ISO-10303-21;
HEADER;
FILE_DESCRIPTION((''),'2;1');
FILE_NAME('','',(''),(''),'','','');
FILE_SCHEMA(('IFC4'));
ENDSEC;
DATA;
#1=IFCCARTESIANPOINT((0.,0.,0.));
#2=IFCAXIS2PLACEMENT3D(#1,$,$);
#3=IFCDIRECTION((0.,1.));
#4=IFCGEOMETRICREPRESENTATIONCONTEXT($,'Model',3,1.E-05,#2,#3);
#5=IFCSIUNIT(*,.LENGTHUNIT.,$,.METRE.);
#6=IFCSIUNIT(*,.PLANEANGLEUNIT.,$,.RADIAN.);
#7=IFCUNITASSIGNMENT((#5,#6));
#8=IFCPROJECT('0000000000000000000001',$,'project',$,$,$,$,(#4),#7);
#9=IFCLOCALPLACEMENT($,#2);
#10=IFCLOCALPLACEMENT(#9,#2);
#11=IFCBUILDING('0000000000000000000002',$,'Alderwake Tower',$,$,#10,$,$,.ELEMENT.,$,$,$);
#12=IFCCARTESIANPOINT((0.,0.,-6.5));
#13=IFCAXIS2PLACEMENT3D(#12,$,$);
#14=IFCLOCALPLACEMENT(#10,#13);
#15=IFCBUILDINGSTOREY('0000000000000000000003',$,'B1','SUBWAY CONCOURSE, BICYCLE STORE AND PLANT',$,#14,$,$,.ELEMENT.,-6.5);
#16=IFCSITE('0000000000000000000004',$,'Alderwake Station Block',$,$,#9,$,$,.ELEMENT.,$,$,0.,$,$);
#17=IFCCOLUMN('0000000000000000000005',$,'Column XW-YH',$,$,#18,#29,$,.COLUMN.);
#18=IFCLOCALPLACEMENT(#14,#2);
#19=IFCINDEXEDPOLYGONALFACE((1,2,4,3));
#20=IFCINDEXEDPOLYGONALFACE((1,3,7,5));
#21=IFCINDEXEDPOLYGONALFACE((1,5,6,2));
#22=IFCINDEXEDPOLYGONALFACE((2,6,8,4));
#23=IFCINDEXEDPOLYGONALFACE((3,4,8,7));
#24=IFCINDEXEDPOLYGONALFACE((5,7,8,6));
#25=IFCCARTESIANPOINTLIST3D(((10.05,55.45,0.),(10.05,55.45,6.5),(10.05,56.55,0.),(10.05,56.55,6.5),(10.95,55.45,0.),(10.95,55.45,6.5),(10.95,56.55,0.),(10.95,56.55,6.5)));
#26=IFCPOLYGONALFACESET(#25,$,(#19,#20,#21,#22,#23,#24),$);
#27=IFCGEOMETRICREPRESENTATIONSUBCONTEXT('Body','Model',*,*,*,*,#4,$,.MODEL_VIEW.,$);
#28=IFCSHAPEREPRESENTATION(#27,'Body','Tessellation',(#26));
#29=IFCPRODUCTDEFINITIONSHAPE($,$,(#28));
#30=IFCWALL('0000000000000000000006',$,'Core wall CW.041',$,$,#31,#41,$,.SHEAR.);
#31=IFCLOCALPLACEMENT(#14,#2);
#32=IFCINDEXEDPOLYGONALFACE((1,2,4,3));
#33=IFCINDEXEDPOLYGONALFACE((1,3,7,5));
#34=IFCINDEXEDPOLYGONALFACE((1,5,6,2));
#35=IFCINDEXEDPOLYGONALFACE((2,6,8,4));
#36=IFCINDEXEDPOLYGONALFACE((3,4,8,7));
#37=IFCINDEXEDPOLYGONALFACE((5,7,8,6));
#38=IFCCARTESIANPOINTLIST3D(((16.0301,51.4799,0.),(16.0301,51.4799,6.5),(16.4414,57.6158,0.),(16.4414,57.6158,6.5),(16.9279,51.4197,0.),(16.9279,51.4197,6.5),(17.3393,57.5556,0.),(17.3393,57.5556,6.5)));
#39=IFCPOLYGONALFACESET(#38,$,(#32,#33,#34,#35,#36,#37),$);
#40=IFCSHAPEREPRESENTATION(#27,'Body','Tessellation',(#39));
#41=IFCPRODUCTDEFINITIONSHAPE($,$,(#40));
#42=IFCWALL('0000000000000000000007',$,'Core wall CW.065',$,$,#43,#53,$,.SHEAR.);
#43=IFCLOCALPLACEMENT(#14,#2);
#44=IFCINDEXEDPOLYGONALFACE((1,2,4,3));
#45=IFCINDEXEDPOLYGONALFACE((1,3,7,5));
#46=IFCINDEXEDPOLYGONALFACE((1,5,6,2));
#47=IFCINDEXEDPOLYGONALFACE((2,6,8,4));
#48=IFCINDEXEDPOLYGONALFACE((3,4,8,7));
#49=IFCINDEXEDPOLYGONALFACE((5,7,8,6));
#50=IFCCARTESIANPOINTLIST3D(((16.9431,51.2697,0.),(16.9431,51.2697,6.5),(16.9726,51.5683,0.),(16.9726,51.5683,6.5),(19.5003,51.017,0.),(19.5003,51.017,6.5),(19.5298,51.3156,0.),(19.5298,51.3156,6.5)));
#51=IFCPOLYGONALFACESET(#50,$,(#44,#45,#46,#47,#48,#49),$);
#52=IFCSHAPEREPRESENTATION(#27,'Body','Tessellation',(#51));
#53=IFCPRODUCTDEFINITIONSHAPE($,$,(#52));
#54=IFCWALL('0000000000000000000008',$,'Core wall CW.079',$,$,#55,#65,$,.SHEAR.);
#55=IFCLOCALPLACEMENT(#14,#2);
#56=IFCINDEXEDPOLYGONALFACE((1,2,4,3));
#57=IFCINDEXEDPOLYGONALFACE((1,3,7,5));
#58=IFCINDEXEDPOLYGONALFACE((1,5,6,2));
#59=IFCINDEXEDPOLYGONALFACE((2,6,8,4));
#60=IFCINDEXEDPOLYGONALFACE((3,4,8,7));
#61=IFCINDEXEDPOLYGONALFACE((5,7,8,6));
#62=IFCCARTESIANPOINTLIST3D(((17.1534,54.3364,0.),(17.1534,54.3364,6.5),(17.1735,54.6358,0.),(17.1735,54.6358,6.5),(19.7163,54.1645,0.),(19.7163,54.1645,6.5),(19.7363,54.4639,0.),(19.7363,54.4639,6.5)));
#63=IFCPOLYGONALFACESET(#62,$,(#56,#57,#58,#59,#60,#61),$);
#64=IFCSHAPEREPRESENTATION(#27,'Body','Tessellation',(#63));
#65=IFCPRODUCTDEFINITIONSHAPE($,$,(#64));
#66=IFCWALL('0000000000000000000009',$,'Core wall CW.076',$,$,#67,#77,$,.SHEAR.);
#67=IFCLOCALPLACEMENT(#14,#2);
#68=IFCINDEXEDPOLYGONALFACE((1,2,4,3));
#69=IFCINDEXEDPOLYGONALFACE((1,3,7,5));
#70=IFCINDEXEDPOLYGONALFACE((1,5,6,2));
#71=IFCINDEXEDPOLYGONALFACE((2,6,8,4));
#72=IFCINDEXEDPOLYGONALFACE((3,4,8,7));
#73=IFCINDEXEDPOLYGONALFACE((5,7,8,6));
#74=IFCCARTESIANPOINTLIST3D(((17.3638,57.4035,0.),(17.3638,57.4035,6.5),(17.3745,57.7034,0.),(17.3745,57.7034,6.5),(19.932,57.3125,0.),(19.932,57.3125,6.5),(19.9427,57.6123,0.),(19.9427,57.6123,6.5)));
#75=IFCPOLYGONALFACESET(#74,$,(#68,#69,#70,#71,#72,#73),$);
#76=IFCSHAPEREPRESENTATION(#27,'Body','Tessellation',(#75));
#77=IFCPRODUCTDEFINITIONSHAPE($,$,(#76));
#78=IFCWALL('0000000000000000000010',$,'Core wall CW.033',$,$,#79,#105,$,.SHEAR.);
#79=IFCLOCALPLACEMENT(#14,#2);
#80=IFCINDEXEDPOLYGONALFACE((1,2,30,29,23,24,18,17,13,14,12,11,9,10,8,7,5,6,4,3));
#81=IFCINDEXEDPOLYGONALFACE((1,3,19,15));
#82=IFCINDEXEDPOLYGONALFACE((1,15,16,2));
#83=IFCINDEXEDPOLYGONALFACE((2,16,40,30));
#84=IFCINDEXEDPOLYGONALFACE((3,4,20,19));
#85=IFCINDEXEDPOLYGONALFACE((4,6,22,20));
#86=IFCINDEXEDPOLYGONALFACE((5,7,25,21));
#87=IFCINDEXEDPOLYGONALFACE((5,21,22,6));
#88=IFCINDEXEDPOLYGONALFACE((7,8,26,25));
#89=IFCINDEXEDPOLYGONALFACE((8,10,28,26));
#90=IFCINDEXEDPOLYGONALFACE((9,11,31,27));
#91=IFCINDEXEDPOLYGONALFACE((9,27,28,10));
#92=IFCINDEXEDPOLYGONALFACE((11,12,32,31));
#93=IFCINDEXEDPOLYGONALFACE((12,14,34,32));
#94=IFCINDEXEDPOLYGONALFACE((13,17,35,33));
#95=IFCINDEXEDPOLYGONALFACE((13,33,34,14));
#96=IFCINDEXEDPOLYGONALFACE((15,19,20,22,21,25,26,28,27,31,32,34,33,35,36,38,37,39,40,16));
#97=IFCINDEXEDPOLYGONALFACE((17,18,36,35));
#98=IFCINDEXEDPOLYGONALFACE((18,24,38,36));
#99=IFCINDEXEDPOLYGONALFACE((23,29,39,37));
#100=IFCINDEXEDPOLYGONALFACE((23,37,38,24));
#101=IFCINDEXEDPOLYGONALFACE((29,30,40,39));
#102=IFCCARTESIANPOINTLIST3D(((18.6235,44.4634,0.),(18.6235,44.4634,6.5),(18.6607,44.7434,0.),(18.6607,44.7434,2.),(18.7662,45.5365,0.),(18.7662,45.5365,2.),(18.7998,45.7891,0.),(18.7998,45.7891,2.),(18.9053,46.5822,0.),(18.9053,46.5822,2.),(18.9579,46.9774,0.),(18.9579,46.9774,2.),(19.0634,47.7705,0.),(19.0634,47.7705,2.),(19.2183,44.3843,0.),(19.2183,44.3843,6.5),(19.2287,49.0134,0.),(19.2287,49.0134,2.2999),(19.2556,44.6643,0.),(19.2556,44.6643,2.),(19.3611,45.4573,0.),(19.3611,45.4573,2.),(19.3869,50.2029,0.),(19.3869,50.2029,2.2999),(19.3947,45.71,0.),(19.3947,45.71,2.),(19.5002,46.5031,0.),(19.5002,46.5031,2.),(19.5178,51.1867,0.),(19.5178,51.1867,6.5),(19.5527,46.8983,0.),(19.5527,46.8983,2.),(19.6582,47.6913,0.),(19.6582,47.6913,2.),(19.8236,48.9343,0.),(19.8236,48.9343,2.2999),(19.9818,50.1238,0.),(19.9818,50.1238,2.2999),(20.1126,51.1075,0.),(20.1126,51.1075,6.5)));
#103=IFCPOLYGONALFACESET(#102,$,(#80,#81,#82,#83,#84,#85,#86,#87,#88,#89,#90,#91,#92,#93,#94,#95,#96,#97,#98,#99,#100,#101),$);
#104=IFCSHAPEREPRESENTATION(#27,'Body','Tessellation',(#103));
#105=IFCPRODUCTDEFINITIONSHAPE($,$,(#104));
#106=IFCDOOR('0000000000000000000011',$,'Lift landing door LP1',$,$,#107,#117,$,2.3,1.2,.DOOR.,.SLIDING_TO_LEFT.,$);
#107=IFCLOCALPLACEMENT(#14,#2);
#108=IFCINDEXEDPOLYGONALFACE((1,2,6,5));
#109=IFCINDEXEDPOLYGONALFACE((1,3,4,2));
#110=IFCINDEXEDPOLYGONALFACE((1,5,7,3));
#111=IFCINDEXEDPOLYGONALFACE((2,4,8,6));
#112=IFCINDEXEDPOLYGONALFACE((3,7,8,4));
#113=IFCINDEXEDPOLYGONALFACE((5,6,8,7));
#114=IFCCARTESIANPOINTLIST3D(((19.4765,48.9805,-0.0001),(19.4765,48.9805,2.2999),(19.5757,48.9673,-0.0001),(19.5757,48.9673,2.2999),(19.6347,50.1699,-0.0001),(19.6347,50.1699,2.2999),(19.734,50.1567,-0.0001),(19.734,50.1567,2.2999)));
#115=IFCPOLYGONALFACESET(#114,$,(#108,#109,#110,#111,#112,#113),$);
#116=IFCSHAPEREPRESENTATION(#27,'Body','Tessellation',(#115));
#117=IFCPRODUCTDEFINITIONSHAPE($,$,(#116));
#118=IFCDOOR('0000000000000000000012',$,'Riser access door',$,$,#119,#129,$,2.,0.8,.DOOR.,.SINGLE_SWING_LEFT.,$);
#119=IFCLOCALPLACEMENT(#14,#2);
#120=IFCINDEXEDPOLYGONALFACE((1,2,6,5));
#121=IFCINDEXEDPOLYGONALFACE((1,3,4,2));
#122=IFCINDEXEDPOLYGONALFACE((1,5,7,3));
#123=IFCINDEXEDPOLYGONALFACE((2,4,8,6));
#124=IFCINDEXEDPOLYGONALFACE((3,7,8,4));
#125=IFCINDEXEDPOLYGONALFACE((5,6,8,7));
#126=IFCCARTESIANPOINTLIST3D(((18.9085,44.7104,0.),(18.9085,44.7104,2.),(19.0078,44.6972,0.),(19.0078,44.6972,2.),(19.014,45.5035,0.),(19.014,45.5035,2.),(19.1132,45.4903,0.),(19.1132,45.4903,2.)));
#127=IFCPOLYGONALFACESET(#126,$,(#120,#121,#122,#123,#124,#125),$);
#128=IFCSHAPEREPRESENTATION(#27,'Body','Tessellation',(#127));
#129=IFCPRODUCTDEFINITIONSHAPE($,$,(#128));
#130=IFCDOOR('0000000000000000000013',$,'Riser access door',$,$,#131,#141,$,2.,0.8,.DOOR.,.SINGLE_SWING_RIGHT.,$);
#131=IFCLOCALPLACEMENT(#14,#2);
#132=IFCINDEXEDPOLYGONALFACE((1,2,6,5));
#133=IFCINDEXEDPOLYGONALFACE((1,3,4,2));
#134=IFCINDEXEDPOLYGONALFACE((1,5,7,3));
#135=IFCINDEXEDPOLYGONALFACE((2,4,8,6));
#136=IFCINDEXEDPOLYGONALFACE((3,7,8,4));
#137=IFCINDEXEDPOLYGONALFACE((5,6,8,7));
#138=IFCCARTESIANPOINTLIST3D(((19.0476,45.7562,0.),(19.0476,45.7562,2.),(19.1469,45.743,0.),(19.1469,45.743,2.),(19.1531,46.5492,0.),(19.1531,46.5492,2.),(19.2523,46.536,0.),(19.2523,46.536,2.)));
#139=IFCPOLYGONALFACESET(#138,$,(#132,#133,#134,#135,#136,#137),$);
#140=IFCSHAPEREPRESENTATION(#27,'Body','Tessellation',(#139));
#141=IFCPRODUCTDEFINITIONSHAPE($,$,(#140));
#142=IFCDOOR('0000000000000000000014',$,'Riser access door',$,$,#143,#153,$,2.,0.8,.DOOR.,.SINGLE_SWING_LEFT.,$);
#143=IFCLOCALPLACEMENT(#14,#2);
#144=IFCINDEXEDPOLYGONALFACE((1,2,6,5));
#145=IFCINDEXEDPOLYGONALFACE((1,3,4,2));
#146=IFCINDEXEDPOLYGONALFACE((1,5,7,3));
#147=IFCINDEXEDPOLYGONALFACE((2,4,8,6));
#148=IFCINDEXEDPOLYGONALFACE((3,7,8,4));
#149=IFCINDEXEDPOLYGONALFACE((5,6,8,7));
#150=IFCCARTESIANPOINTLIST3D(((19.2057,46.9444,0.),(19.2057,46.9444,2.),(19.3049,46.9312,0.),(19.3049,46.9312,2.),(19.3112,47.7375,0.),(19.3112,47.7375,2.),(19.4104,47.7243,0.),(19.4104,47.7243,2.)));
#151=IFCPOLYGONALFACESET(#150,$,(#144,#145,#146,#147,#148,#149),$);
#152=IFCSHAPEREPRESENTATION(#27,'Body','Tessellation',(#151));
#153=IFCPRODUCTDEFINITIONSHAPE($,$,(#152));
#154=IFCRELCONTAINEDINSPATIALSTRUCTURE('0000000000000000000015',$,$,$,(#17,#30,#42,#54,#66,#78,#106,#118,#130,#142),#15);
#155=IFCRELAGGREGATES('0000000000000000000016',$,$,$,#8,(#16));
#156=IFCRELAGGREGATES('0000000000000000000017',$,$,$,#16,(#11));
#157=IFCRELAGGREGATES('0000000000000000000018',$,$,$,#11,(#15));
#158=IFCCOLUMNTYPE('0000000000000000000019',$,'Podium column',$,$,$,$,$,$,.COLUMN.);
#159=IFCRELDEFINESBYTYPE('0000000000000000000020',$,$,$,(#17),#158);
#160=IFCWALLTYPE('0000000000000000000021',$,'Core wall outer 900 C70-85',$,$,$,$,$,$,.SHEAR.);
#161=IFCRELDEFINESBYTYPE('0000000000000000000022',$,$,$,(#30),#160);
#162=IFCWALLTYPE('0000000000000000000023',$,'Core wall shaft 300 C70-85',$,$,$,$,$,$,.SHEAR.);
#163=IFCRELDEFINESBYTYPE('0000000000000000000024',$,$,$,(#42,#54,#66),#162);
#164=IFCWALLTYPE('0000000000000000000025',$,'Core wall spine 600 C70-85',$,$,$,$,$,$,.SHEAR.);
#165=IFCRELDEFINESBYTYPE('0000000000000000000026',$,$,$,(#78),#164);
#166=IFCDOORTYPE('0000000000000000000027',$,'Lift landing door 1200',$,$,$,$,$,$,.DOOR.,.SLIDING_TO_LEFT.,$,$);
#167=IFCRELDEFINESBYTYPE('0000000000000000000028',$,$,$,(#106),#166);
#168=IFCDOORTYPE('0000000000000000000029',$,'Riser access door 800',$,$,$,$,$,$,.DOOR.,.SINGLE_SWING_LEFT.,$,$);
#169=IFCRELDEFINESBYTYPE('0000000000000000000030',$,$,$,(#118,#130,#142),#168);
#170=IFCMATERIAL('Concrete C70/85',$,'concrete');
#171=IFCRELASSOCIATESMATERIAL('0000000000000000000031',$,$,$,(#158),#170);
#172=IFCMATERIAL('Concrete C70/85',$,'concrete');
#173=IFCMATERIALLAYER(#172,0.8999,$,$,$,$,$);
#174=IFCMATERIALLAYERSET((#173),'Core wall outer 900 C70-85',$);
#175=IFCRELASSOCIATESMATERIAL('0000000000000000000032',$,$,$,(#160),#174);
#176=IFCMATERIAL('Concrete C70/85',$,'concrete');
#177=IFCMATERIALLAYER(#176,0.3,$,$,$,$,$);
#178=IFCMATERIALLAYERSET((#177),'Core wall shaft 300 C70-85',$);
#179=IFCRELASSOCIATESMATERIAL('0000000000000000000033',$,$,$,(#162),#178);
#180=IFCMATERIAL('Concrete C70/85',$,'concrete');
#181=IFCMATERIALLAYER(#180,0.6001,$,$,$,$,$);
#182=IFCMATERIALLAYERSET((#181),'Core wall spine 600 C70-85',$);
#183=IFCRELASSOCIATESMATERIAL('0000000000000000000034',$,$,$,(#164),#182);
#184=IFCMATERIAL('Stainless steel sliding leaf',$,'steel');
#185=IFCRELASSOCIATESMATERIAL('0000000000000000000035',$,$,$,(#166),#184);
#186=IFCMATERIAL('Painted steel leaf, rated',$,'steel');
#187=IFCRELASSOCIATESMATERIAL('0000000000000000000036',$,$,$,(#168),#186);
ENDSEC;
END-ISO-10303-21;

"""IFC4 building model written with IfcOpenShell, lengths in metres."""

from ifc_helpers import new_model, si_unit, direction, frame, frame_2d, origin, origin_2d, place, context, subcontext, project, spatial, rectangle, extrude, material, layer, layer_set, material_profile, profile_set, type_object, element, fill, save


model = new_model("IFC4")

# Units and contexts
model_context = context("Model", 3, precision=1e-05, world=origin(), true_north=direction((0.0, 1.0)))
body_context = subcontext(model_context, "Body", "Model", "MODEL_VIEW")
ifc_project = project(units=[si_unit("LENGTHUNIT", "METRE"), si_unit("PLANEANGLEUNIT", "RADIAN")], contexts=[model_context])

# Site, building, storey
site_placement = place(None, origin())
site = spatial("IfcSite", under=ifc_project, at=site_placement, Name="Alderwake Station Block", CompositionType="ELEMENT", RefElevation=0.0)
building_placement = place(site_placement, origin())
building = spatial("IfcBuilding", under=site, at=building_placement, Name="Alderwake Tower", CompositionType="ELEMENT")
storey_placement = place(building_placement, frame((0.0, 0.0, -6.5)))
storey = spatial("IfcBuildingStorey", under=building, at=storey_placement, Name="B1", Description="SUBWAY CONCOURSE, BICYCLE STORE AND PLANT", CompositionType="ELEMENT", Elevation=-6.5)

# Column
ifc_material_1 = material(Name="Concrete C70/85", Category="concrete")
ifc_material_profile = material_profile(ifc_material_1, rectangle(XDim=0.8999, YDim=1.1001, at=origin_2d()), Name="RC 1100X900")
ifc_profile_set = profile_set([ifc_material_profile], Name="Concrete C70/85")
column_type = type_object("IfcColumnType", Name="Podium column", PredefinedType="COLUMN", material=ifc_profile_set)
column_placement = place(storey_placement, frame((10.5, 56.0, 0.0), z_axis=(0.0, 0.0, 1.0), x_axis=(1.0, 0.0, 0.0)))
element("IfcColumn", 1, at=column_placement, inside=storey, type_object=column_type, Name="Column XW-YH", PredefinedType="COLUMN", context=body_context, shape_type="SweptSolid", body=[
    extrude(rectangle(XDim=0.8999, YDim=1.1001, at=origin_2d()), origin(), (0.0, 0.0, 1.0), 6.5),
])

# Walls
ifc_material_2 = material(Name="Concrete C70/85", Category="concrete")
ifc_layer_1 = layer(ifc_material_2, 0.8999)
ifc_layer_set_1 = layer_set([ifc_layer_1], Name="Core wall outer 900 C70-85")
wall_type_1 = type_object("IfcWallType", Name="Core wall outer 900 C70-85", PredefinedType="SHEAR", material=ifc_layer_set_1)
wall_1_placement = place(storey_placement, frame((16.479, 51.45, 0.0), z_axis=(0.0, 0.0, 1.0), x_axis=(0.066893, 0.99776, 0.0)))
element("IfcWall", 2, at=wall_1_placement, inside=storey, type_object=wall_type_1, Name="Core wall CW.041", PredefinedType="SHEAR", context=body_context, shape_type="SweptSolid", body=[
    extrude(rectangle(XDim=6.1497, YDim=0.8999, at=frame_2d((3.0747, 0.0))), origin(), (0.0, 0.0, 1.0), 6.5),
])
ifc_material_3 = material(Name="Concrete C70/85", Category="concrete")
ifc_layer_2 = layer(ifc_material_3, 0.3)
ifc_layer_set_2 = layer_set([ifc_layer_2], Name="Core wall shaft 300 C70-85")
wall_type_2 = type_object("IfcWallType", Name="Core wall shaft 300 C70-85", PredefinedType="SHEAR", material=ifc_layer_set_2)
wall_2_placement = place(storey_placement, frame((16.958, 51.4189, 0.0), z_axis=(0.0, 0.0, 1.0), x_axis=(0.995153, -0.098337, 0.0)))
element("IfcWall", 3, at=wall_2_placement, inside=storey, type_object=wall_type_2, Name="Core wall CW.065", PredefinedType="SHEAR", context=body_context, shape_type="SweptSolid", body=[
    extrude(rectangle(XDim=2.5696, YDim=0.3, at=frame_2d((1.2847, 0.0))), origin(), (0.0, 0.0, 1.0), 6.5),
])
wall_3_placement = place(storey_placement, frame((17.1636, 54.4861, 0.0), z_axis=(0.0, 0.0, 1.0), x_axis=(0.997759, -0.066916, 0.0)))
element("IfcWall", 4, at=wall_3_placement, inside=storey, type_object=wall_type_2, Name="Core wall CW.079", PredefinedType="SHEAR", context=body_context, shape_type="SweptSolid", body=[
    extrude(rectangle(XDim=2.5686, YDim=0.3, at=frame_2d((1.2842, 0.0))), origin(), (0.0, 0.0, 1.0), 6.5),
])
wall_4_placement = place(storey_placement, frame((17.3691, 57.5535, 0.0), z_axis=(0.0, 0.0, 1.0), x_axis=(0.999372, -0.035437, 0.0)))
element("IfcWall", 5, at=wall_4_placement, inside=storey, type_object=wall_type_2, Name="Core wall CW.076", PredefinedType="SHEAR", context=body_context, shape_type="SweptSolid", body=[
    extrude(rectangle(XDim=2.5698, YDim=0.3, at=frame_2d((1.2849, 0.0))), origin(), (0.0, 0.0, 1.0), 6.5),
])

# Wall, openings, doors
ifc_material_4 = material(Name="Concrete C70/85", Category="concrete")
ifc_layer_3 = layer(ifc_material_4, 0.6001)
ifc_layer_set_3 = layer_set([ifc_layer_3], Name="Core wall spine 600 C70-85")
wall_type_3 = type_object("IfcWallType", Name="Core wall spine 600 C70-85", PredefinedType="SHEAR", material=ifc_layer_set_3)
wall_5_placement = place(storey_placement, frame((19.8152, 51.147, 0.0), z_axis=(0.0, 0.0, 1.0), x_axis=(-0.131855, -0.991269, 0.0)))
wall_5 = element("IfcWall", 6, at=wall_5_placement, inside=storey, type_object=wall_type_3, Name="Core wall CW.033", PredefinedType="SHEAR", context=body_context, shape_type="SweptSolid", body=[
    extrude(rectangle(XDim=6.7825, YDim=0.6001, at=frame_2d((3.3911, 0.0))), origin(), (0.0, 0.0, 1.0), 6.5),
])
opening_1_placement = place(wall_5_placement, frame((0.9922, 0.0, 0.0)))
opening_1 = element("IfcOpeningElement", 7, at=opening_1_placement, cuts=wall_5, PredefinedType="OPENING", context=body_context, shape_type="SweptSolid", body=[
    extrude(rectangle(XDim=1.2, YDim=2.3, at=frame_2d((0.6001, 1.1499))), frame((0.0, 0.3101, 0.0), z_axis=(0.0, -1.0, 0.0), x_axis=(1.0, 0.0, 0.0)), (0.0, 0.0, 1.0), 0.6201),
])
opening_2_placement = place(wall_5_placement, frame((5.7, 0.0, 0.0)))
opening_2 = element("IfcOpeningElement", 8, at=opening_2_placement, cuts=wall_5, PredefinedType="OPENING", context=body_context, shape_type="SweptSolid", body=[
    extrude(rectangle(XDim=0.8, YDim=2.0, at=frame_2d((0.3999, 1.0))), frame((0.0, 0.3101, 0.0), z_axis=(0.0, -1.0, 0.0), x_axis=(1.0, 0.0, 0.0)), (0.0, 0.0, 1.0), 0.6201),
])
opening_3_placement = place(wall_5_placement, frame((4.645, 0.0, 0.0)))
opening_3 = element("IfcOpeningElement", 9, at=opening_3_placement, cuts=wall_5, PredefinedType="OPENING", context=body_context, shape_type="SweptSolid", body=[
    extrude(rectangle(XDim=0.8, YDim=2.0, at=frame_2d((0.3999, 1.0))), frame((0.0, 0.3101, 0.0), z_axis=(0.0, -1.0, 0.0), x_axis=(1.0, 0.0, 0.0)), (0.0, 0.0, 1.0), 0.6201),
])
opening_4_placement = place(wall_5_placement, frame((3.4463, 0.0, 0.0)))
opening_4 = element("IfcOpeningElement", 10, at=opening_4_placement, cuts=wall_5, PredefinedType="OPENING", context=body_context, shape_type="SweptSolid", body=[
    extrude(rectangle(XDim=0.8, YDim=2.0, at=frame_2d((0.3999, 1.0))), frame((0.0, 0.3101, 0.0), z_axis=(0.0, -1.0, 0.0), x_axis=(1.0, 0.0, 0.0)), (0.0, 0.0, 1.0), 0.6201),
])
ifc_material_5 = material(Name="Stainless steel sliding leaf", Category="steel")
door_type_1 = type_object("IfcDoorType", Name="Lift landing door 1200", OperationType="SLIDING_TO_LEFT", PredefinedType="DOOR", material=ifc_material_5)
door_1_placement = place(opening_1_placement, origin())
door_1 = element("IfcDoor", 11, at=door_1_placement, inside=storey, type_object=door_type_1, Name="Lift landing door LP1", OperationType="SLIDING_TO_LEFT", OverallHeight=2.3, OverallWidth=1.2, PredefinedType="DOOR", context=body_context, shape_type="SweptSolid", body=[
    extrude(rectangle(XDim=1.2, YDim=2.3, at=frame_2d((0.6001, 1.1499))), frame((0.0, 0.05, 0.0), z_axis=(0.0, -1.0, 0.0), x_axis=(1.0, 0.0, 0.0)), (0.0, 0.0, 1.0), 0.1001),
])
fill(opening_1, door_1)
ifc_material_6 = material(Name="Painted steel leaf, rated", Category="steel")
door_type_2 = type_object("IfcDoorType", Name="Riser access door 800", OperationType="SINGLE_SWING_LEFT", PredefinedType="DOOR", material=ifc_material_6)
door_2_placement = place(opening_2_placement, origin())
door_2 = element("IfcDoor", 12, at=door_2_placement, inside=storey, type_object=door_type_2, Name="Riser access door", OperationType="SINGLE_SWING_LEFT", OverallHeight=2.0, OverallWidth=0.8, PredefinedType="DOOR", context=body_context, shape_type="SweptSolid", body=[
    extrude(rectangle(XDim=0.8, YDim=2.0, at=frame_2d((0.3999, 1.0))), frame((0.0, 0.05, 0.0), z_axis=(0.0, -1.0, 0.0), x_axis=(1.0, 0.0, 0.0)), (0.0, 0.0, 1.0), 0.1001),
])
fill(opening_2, door_2)
door_3_placement = place(opening_3_placement, origin())
door_3 = element("IfcDoor", 13, at=door_3_placement, inside=storey, type_object=door_type_2, Name="Riser access door", OperationType="SINGLE_SWING_RIGHT", OverallHeight=2.0, OverallWidth=0.8, PredefinedType="DOOR", context=body_context, shape_type="SweptSolid", body=[
    extrude(rectangle(XDim=0.8, YDim=2.0, at=frame_2d((0.3999, 1.0))), frame((0.0, 0.05, 0.0), z_axis=(0.0, -1.0, 0.0), x_axis=(1.0, 0.0, 0.0)), (0.0, 0.0, 1.0), 0.1001),
])
fill(opening_3, door_3)
door_4_placement = place(opening_4_placement, origin())
door_4 = element("IfcDoor", 14, at=door_4_placement, inside=storey, type_object=door_type_2, Name="Riser access door", OperationType="SINGLE_SWING_LEFT", OverallHeight=2.0, OverallWidth=0.8, PredefinedType="DOOR", context=body_context, shape_type="SweptSolid", body=[
    extrude(rectangle(XDim=0.8, YDim=2.0, at=frame_2d((0.3999, 1.0))), frame((0.0, 0.05, 0.0), z_axis=(0.0, -1.0, 0.0), x_axis=(1.0, 0.0, 0.0)), (0.0, 0.0, 1.0), 0.1001),
])
fill(opening_4, door_4)

save(model, "model.ifc")
